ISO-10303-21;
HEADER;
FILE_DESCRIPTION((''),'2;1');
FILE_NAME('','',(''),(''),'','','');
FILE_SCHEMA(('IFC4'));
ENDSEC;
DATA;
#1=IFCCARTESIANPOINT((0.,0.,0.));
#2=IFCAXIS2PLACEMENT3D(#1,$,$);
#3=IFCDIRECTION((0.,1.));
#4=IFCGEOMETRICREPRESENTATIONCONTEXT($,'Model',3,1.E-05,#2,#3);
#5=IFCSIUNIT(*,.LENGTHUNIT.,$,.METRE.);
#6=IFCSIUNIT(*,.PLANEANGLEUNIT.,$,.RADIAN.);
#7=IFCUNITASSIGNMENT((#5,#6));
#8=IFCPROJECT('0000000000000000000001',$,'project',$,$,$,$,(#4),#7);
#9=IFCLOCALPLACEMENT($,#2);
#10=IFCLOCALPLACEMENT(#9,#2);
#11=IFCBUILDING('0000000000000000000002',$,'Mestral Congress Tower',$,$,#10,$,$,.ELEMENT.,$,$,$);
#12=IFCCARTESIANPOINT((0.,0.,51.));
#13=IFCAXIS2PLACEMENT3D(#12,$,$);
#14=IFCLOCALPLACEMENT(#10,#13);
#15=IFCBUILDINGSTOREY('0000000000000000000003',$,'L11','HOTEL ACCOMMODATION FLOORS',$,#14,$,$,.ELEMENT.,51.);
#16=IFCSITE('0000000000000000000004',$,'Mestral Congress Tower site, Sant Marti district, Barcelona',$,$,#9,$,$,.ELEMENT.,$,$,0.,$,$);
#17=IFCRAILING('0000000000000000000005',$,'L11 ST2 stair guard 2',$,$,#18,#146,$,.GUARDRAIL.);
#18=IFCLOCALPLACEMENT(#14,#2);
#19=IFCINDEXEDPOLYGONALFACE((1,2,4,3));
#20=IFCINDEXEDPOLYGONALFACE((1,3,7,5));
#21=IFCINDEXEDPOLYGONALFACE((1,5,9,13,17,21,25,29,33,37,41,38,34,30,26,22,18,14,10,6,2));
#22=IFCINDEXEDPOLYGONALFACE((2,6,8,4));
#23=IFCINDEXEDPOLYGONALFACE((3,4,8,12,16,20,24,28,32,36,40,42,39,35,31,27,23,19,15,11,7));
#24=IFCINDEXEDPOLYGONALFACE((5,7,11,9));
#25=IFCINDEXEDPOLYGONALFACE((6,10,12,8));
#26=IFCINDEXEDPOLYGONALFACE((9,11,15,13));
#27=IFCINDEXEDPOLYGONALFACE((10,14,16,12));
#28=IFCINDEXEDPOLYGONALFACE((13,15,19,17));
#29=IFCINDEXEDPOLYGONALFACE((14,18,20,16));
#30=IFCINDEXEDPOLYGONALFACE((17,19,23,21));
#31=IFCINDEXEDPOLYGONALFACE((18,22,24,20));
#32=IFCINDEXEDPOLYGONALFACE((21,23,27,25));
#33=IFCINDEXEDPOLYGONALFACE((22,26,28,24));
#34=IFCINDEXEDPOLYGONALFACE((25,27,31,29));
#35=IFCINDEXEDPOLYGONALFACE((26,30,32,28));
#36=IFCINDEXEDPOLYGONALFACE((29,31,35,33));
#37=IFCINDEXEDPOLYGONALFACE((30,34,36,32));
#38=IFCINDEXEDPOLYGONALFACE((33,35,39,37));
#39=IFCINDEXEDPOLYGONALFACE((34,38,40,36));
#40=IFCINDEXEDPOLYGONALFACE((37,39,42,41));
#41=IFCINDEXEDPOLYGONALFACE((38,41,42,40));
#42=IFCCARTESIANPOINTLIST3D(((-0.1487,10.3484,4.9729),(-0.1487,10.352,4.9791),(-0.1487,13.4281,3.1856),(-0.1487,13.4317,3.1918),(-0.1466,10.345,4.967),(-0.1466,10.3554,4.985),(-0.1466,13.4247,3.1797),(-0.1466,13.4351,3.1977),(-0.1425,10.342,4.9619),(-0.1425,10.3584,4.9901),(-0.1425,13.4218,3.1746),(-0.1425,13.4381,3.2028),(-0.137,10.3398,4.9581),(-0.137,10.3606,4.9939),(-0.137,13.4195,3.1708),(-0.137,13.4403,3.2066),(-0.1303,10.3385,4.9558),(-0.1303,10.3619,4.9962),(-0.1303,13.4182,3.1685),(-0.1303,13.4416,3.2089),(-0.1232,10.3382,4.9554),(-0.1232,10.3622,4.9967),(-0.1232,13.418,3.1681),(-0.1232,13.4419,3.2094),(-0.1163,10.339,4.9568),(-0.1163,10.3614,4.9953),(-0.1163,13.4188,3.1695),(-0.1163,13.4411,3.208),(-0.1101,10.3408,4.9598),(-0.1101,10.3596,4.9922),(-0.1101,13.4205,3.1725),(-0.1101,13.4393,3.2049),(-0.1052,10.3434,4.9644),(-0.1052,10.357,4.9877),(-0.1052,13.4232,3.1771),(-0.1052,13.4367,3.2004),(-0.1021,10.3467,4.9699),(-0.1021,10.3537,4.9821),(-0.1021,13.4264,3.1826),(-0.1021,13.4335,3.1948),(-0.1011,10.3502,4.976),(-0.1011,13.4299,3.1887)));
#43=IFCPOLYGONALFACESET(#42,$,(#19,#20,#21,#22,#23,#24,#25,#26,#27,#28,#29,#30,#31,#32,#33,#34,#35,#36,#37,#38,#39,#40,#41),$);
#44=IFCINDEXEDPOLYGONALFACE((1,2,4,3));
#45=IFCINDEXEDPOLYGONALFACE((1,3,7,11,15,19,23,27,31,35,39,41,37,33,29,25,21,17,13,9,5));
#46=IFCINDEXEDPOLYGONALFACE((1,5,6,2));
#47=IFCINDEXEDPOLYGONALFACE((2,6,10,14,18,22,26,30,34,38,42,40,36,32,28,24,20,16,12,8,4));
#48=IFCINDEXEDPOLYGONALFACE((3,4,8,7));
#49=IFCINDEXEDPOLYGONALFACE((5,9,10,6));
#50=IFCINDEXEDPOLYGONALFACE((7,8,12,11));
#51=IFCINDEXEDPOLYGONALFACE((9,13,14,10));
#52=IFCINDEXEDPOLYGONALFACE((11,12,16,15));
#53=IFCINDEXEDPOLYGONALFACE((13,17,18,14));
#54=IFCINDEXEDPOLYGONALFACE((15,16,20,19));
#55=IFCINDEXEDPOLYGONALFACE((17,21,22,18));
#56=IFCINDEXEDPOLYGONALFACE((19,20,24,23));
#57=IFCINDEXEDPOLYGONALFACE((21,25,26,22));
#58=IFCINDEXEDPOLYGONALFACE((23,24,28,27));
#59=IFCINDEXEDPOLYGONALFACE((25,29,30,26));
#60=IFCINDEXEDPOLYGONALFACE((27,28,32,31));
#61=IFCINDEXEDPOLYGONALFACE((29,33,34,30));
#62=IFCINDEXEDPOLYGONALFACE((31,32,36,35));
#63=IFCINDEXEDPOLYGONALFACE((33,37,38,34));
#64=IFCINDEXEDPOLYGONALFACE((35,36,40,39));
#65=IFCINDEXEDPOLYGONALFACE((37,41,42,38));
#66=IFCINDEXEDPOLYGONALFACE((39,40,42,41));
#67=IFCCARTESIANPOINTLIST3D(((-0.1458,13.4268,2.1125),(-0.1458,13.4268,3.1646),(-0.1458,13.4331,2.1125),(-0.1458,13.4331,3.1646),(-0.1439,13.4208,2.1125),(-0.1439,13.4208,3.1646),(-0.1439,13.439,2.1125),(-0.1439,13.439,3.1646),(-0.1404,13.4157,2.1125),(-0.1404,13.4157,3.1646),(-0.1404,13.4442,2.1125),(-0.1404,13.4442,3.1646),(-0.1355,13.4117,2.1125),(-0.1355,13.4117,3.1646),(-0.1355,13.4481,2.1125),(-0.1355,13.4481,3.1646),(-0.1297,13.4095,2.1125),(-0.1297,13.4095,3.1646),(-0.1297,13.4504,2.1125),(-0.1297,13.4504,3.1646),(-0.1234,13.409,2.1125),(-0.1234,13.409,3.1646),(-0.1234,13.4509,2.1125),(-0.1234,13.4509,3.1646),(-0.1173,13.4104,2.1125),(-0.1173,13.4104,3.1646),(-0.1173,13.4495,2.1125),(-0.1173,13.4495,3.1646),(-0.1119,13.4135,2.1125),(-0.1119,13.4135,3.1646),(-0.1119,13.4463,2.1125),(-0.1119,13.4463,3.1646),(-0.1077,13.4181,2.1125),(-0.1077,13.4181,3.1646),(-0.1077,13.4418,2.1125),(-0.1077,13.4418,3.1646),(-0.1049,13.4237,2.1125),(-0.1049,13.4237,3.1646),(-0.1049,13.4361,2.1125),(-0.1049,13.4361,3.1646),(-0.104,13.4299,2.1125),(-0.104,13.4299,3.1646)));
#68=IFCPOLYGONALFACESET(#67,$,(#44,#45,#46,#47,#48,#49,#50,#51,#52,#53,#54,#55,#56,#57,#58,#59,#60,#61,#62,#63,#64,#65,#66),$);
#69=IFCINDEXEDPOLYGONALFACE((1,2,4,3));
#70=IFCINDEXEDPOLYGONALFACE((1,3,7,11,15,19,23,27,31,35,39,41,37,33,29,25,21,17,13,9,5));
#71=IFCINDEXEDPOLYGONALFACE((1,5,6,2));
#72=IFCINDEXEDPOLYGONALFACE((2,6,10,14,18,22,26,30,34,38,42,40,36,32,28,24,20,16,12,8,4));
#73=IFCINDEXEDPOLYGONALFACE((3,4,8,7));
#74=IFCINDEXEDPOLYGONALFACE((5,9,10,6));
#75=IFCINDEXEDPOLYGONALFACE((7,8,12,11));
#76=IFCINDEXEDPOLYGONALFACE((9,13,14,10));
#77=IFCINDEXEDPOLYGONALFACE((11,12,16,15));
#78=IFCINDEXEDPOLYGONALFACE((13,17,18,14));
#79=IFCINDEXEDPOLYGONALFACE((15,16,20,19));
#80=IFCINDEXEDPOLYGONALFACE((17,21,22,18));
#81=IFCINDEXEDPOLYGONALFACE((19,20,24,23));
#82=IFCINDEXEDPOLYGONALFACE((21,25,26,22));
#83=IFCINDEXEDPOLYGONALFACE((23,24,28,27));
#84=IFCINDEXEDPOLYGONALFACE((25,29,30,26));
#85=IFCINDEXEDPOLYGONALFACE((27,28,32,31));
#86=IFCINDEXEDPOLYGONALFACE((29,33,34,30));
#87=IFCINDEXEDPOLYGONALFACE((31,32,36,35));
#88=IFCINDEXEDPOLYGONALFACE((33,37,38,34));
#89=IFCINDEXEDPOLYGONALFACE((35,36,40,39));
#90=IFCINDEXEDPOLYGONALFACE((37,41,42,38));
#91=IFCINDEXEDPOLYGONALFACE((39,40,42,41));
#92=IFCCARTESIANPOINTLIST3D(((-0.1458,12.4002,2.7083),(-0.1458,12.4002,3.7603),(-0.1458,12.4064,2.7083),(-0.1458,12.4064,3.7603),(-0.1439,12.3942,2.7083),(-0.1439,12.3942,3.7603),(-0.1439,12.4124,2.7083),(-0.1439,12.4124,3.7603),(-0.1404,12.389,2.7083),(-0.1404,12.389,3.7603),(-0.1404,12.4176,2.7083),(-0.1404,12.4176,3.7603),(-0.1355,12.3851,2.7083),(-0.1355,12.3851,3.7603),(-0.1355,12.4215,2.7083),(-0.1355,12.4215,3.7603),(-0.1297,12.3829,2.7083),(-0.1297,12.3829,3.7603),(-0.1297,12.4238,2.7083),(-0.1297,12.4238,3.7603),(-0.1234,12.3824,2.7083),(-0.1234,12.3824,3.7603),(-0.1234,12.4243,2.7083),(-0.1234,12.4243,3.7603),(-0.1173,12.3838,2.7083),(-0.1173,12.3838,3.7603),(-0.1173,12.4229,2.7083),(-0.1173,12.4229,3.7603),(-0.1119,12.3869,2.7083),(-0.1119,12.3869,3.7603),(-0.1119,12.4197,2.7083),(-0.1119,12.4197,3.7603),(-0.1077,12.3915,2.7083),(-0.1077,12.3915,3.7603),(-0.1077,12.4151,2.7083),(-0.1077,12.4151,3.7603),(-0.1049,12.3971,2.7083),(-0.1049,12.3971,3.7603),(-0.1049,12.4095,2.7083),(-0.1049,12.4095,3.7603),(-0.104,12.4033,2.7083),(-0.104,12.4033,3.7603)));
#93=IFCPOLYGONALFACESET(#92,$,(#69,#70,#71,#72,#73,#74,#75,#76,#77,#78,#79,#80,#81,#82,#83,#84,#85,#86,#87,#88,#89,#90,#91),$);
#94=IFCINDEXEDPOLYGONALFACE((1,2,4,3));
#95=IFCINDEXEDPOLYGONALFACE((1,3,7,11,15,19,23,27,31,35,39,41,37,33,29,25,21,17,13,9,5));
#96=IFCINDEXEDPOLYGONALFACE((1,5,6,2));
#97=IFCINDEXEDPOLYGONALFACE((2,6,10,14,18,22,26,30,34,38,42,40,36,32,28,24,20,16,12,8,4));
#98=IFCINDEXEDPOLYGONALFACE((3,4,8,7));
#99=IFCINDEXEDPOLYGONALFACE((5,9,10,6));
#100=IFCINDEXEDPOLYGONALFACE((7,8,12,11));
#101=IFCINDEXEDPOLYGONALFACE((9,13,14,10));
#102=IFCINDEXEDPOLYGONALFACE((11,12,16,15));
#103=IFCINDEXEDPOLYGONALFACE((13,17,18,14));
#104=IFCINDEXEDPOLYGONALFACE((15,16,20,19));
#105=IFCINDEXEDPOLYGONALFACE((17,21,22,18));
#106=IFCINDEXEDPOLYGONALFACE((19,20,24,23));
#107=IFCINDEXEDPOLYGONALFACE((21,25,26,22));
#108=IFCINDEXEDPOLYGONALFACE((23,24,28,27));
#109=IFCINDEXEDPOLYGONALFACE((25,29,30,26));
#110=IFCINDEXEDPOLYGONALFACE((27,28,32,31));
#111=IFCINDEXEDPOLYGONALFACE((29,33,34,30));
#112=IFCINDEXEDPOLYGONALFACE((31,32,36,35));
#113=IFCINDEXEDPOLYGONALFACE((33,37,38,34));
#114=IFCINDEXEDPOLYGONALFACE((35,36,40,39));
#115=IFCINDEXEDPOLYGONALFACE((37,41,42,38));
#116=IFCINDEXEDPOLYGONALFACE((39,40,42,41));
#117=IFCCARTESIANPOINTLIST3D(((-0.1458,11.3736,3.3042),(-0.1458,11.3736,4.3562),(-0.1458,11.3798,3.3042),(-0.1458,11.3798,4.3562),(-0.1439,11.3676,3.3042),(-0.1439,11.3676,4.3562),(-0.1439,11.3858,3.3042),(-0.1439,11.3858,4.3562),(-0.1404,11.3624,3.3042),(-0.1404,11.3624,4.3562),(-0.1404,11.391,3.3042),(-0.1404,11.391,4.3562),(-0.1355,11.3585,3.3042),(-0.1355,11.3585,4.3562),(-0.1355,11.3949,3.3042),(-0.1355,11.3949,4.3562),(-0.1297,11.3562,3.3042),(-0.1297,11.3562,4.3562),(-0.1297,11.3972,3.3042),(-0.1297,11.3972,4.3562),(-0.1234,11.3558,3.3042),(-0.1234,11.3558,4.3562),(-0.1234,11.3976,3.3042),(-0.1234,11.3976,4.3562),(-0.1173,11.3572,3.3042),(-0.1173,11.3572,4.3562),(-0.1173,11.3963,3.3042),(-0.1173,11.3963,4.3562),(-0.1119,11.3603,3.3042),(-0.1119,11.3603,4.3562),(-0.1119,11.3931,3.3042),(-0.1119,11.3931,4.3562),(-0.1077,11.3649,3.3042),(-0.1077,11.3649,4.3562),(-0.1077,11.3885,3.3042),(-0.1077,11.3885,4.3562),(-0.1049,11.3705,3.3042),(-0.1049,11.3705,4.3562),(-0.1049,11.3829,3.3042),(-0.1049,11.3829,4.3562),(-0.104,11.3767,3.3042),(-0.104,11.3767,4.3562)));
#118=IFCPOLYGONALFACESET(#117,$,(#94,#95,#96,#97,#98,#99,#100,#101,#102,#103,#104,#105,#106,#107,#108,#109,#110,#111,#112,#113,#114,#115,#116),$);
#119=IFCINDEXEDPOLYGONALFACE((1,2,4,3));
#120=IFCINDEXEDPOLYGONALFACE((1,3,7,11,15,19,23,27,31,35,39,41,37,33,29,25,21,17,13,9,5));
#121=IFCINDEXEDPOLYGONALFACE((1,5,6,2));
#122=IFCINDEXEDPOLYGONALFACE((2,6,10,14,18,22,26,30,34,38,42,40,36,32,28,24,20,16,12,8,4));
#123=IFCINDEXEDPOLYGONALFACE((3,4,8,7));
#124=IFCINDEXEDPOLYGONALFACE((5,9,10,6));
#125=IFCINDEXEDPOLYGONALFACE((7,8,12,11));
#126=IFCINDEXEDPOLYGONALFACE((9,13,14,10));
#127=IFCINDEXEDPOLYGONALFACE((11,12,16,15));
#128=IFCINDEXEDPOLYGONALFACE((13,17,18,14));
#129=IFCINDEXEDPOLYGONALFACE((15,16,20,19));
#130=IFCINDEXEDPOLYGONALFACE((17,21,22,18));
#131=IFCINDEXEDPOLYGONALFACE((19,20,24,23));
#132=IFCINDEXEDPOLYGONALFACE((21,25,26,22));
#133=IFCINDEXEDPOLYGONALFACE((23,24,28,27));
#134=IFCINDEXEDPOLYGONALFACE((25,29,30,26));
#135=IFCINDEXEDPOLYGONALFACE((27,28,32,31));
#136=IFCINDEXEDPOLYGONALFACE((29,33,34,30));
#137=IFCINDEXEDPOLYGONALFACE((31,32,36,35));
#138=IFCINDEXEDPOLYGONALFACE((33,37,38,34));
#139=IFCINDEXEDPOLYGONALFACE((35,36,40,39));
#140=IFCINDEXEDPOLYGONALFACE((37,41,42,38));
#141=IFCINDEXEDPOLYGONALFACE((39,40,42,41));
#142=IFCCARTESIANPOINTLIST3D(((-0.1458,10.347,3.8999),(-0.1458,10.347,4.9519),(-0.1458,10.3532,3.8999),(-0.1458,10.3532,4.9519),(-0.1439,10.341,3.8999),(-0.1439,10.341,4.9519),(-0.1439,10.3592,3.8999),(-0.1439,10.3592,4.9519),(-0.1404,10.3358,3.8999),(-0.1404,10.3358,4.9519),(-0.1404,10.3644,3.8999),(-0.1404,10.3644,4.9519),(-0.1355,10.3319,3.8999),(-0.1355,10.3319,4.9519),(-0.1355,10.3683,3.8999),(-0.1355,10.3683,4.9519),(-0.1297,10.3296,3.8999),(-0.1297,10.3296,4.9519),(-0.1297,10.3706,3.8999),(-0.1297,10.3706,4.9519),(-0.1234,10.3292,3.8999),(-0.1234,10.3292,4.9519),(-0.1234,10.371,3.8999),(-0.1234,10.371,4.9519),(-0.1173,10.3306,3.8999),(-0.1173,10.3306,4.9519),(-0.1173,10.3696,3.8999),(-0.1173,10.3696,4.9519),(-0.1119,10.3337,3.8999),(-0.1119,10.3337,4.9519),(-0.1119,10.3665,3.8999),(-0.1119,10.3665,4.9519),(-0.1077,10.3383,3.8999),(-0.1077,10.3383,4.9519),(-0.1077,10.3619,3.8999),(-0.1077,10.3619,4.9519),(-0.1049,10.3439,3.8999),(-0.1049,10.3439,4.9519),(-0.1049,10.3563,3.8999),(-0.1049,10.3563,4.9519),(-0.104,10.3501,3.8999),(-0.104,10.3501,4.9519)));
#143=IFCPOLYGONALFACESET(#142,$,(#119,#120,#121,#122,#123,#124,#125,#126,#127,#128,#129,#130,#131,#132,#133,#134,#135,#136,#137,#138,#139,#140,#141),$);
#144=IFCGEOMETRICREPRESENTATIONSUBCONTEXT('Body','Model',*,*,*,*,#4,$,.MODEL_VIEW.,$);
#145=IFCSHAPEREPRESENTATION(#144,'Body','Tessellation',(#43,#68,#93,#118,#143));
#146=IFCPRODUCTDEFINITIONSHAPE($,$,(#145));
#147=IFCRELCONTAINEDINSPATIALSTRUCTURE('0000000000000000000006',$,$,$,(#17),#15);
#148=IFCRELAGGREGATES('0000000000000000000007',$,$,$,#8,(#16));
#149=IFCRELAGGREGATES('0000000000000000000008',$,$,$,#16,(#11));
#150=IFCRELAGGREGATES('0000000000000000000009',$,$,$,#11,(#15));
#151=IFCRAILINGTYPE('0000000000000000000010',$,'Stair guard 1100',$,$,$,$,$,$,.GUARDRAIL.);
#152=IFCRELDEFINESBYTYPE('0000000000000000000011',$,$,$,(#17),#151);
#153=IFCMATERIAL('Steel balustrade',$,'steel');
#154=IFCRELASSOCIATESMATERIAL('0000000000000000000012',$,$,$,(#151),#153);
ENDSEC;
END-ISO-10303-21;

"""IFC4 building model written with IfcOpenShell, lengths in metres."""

from ifc_helpers import new_model, si_unit, direction, frame, origin, origin_2d, place, context, subcontext, project, spatial, circle, extrude, material, type_object, element, save


model = new_model("IFC4")

# Units and contexts
model_context = context("Model", 3, precision=1e-05, world=origin(), true_north=direction((0.0, 1.0)))
body_context = subcontext(model_context, "Body", "Model", "MODEL_VIEW")
ifc_project = project(units=[si_unit("LENGTHUNIT", "METRE"), si_unit("PLANEANGLEUNIT", "RADIAN")], contexts=[model_context])

# Site, building, storey
site_placement = place(None, origin())
site = spatial("IfcSite", under=ifc_project, at=site_placement, Name="Mestral Congress Tower site, Sant Marti district, Barcelona", CompositionType="ELEMENT", RefElevation=0.0)
building_placement = place(site_placement, origin())
building = spatial("IfcBuilding", under=site, at=building_placement, Name="Mestral Congress Tower", CompositionType="ELEMENT")
storey_placement = place(building_placement, frame((0.0, 0.0, 51.0)))
storey = spatial("IfcBuildingStorey", under=building, at=storey_placement, Name="L11", Description="HOTEL ACCOMMODATION FLOORS", CompositionType="ELEMENT", Elevation=51.0)

# Railing
ifc_material_1 = material(Name="Steel balustrade", Category="steel")
railing_type = type_object("IfcRailingType", Name="Stair guard 1100", PredefinedType="GUARDRAIL", material=ifc_material_1)
railing_placement = place(storey_placement, frame((-0.125, 13.4299, 2.1125)))
element("IfcRailing", 1, at=railing_placement, inside=storey, type_object=railing_type, Name="L11 ST2 stair guard 2", PredefinedType="GUARDRAIL", context=body_context, shape_type="SweptSolid", body=[
    extrude(circle(Radius=0.0239, at=origin_2d()), frame((0.0, 0.0, 1.0762), z_axis=(0.0, -0.864903, 0.501939), x_axis=(1.0, 0.0, 0.0)), (0.0, 0.0, 1.0), 3.5608),
    extrude(circle(Radius=0.021, at=origin_2d()), origin(), (0.0, 0.0, 1.0), 1.052),
    extrude(circle(Radius=0.021, at=origin_2d()), frame((0.0, -1.0266, 0.5957)), (0.0, 0.0, 1.0), 1.052),
    extrude(circle(Radius=0.021, at=origin_2d()), frame((0.0, -2.0532, 1.1917)), (0.0, 0.0, 1.0), 1.052),
    extrude(circle(Radius=0.021, at=origin_2d()), frame((0.0, -3.0798, 1.7874)), (0.0, 0.0, 1.0), 1.052),
])

save(model, "model.ifc")
